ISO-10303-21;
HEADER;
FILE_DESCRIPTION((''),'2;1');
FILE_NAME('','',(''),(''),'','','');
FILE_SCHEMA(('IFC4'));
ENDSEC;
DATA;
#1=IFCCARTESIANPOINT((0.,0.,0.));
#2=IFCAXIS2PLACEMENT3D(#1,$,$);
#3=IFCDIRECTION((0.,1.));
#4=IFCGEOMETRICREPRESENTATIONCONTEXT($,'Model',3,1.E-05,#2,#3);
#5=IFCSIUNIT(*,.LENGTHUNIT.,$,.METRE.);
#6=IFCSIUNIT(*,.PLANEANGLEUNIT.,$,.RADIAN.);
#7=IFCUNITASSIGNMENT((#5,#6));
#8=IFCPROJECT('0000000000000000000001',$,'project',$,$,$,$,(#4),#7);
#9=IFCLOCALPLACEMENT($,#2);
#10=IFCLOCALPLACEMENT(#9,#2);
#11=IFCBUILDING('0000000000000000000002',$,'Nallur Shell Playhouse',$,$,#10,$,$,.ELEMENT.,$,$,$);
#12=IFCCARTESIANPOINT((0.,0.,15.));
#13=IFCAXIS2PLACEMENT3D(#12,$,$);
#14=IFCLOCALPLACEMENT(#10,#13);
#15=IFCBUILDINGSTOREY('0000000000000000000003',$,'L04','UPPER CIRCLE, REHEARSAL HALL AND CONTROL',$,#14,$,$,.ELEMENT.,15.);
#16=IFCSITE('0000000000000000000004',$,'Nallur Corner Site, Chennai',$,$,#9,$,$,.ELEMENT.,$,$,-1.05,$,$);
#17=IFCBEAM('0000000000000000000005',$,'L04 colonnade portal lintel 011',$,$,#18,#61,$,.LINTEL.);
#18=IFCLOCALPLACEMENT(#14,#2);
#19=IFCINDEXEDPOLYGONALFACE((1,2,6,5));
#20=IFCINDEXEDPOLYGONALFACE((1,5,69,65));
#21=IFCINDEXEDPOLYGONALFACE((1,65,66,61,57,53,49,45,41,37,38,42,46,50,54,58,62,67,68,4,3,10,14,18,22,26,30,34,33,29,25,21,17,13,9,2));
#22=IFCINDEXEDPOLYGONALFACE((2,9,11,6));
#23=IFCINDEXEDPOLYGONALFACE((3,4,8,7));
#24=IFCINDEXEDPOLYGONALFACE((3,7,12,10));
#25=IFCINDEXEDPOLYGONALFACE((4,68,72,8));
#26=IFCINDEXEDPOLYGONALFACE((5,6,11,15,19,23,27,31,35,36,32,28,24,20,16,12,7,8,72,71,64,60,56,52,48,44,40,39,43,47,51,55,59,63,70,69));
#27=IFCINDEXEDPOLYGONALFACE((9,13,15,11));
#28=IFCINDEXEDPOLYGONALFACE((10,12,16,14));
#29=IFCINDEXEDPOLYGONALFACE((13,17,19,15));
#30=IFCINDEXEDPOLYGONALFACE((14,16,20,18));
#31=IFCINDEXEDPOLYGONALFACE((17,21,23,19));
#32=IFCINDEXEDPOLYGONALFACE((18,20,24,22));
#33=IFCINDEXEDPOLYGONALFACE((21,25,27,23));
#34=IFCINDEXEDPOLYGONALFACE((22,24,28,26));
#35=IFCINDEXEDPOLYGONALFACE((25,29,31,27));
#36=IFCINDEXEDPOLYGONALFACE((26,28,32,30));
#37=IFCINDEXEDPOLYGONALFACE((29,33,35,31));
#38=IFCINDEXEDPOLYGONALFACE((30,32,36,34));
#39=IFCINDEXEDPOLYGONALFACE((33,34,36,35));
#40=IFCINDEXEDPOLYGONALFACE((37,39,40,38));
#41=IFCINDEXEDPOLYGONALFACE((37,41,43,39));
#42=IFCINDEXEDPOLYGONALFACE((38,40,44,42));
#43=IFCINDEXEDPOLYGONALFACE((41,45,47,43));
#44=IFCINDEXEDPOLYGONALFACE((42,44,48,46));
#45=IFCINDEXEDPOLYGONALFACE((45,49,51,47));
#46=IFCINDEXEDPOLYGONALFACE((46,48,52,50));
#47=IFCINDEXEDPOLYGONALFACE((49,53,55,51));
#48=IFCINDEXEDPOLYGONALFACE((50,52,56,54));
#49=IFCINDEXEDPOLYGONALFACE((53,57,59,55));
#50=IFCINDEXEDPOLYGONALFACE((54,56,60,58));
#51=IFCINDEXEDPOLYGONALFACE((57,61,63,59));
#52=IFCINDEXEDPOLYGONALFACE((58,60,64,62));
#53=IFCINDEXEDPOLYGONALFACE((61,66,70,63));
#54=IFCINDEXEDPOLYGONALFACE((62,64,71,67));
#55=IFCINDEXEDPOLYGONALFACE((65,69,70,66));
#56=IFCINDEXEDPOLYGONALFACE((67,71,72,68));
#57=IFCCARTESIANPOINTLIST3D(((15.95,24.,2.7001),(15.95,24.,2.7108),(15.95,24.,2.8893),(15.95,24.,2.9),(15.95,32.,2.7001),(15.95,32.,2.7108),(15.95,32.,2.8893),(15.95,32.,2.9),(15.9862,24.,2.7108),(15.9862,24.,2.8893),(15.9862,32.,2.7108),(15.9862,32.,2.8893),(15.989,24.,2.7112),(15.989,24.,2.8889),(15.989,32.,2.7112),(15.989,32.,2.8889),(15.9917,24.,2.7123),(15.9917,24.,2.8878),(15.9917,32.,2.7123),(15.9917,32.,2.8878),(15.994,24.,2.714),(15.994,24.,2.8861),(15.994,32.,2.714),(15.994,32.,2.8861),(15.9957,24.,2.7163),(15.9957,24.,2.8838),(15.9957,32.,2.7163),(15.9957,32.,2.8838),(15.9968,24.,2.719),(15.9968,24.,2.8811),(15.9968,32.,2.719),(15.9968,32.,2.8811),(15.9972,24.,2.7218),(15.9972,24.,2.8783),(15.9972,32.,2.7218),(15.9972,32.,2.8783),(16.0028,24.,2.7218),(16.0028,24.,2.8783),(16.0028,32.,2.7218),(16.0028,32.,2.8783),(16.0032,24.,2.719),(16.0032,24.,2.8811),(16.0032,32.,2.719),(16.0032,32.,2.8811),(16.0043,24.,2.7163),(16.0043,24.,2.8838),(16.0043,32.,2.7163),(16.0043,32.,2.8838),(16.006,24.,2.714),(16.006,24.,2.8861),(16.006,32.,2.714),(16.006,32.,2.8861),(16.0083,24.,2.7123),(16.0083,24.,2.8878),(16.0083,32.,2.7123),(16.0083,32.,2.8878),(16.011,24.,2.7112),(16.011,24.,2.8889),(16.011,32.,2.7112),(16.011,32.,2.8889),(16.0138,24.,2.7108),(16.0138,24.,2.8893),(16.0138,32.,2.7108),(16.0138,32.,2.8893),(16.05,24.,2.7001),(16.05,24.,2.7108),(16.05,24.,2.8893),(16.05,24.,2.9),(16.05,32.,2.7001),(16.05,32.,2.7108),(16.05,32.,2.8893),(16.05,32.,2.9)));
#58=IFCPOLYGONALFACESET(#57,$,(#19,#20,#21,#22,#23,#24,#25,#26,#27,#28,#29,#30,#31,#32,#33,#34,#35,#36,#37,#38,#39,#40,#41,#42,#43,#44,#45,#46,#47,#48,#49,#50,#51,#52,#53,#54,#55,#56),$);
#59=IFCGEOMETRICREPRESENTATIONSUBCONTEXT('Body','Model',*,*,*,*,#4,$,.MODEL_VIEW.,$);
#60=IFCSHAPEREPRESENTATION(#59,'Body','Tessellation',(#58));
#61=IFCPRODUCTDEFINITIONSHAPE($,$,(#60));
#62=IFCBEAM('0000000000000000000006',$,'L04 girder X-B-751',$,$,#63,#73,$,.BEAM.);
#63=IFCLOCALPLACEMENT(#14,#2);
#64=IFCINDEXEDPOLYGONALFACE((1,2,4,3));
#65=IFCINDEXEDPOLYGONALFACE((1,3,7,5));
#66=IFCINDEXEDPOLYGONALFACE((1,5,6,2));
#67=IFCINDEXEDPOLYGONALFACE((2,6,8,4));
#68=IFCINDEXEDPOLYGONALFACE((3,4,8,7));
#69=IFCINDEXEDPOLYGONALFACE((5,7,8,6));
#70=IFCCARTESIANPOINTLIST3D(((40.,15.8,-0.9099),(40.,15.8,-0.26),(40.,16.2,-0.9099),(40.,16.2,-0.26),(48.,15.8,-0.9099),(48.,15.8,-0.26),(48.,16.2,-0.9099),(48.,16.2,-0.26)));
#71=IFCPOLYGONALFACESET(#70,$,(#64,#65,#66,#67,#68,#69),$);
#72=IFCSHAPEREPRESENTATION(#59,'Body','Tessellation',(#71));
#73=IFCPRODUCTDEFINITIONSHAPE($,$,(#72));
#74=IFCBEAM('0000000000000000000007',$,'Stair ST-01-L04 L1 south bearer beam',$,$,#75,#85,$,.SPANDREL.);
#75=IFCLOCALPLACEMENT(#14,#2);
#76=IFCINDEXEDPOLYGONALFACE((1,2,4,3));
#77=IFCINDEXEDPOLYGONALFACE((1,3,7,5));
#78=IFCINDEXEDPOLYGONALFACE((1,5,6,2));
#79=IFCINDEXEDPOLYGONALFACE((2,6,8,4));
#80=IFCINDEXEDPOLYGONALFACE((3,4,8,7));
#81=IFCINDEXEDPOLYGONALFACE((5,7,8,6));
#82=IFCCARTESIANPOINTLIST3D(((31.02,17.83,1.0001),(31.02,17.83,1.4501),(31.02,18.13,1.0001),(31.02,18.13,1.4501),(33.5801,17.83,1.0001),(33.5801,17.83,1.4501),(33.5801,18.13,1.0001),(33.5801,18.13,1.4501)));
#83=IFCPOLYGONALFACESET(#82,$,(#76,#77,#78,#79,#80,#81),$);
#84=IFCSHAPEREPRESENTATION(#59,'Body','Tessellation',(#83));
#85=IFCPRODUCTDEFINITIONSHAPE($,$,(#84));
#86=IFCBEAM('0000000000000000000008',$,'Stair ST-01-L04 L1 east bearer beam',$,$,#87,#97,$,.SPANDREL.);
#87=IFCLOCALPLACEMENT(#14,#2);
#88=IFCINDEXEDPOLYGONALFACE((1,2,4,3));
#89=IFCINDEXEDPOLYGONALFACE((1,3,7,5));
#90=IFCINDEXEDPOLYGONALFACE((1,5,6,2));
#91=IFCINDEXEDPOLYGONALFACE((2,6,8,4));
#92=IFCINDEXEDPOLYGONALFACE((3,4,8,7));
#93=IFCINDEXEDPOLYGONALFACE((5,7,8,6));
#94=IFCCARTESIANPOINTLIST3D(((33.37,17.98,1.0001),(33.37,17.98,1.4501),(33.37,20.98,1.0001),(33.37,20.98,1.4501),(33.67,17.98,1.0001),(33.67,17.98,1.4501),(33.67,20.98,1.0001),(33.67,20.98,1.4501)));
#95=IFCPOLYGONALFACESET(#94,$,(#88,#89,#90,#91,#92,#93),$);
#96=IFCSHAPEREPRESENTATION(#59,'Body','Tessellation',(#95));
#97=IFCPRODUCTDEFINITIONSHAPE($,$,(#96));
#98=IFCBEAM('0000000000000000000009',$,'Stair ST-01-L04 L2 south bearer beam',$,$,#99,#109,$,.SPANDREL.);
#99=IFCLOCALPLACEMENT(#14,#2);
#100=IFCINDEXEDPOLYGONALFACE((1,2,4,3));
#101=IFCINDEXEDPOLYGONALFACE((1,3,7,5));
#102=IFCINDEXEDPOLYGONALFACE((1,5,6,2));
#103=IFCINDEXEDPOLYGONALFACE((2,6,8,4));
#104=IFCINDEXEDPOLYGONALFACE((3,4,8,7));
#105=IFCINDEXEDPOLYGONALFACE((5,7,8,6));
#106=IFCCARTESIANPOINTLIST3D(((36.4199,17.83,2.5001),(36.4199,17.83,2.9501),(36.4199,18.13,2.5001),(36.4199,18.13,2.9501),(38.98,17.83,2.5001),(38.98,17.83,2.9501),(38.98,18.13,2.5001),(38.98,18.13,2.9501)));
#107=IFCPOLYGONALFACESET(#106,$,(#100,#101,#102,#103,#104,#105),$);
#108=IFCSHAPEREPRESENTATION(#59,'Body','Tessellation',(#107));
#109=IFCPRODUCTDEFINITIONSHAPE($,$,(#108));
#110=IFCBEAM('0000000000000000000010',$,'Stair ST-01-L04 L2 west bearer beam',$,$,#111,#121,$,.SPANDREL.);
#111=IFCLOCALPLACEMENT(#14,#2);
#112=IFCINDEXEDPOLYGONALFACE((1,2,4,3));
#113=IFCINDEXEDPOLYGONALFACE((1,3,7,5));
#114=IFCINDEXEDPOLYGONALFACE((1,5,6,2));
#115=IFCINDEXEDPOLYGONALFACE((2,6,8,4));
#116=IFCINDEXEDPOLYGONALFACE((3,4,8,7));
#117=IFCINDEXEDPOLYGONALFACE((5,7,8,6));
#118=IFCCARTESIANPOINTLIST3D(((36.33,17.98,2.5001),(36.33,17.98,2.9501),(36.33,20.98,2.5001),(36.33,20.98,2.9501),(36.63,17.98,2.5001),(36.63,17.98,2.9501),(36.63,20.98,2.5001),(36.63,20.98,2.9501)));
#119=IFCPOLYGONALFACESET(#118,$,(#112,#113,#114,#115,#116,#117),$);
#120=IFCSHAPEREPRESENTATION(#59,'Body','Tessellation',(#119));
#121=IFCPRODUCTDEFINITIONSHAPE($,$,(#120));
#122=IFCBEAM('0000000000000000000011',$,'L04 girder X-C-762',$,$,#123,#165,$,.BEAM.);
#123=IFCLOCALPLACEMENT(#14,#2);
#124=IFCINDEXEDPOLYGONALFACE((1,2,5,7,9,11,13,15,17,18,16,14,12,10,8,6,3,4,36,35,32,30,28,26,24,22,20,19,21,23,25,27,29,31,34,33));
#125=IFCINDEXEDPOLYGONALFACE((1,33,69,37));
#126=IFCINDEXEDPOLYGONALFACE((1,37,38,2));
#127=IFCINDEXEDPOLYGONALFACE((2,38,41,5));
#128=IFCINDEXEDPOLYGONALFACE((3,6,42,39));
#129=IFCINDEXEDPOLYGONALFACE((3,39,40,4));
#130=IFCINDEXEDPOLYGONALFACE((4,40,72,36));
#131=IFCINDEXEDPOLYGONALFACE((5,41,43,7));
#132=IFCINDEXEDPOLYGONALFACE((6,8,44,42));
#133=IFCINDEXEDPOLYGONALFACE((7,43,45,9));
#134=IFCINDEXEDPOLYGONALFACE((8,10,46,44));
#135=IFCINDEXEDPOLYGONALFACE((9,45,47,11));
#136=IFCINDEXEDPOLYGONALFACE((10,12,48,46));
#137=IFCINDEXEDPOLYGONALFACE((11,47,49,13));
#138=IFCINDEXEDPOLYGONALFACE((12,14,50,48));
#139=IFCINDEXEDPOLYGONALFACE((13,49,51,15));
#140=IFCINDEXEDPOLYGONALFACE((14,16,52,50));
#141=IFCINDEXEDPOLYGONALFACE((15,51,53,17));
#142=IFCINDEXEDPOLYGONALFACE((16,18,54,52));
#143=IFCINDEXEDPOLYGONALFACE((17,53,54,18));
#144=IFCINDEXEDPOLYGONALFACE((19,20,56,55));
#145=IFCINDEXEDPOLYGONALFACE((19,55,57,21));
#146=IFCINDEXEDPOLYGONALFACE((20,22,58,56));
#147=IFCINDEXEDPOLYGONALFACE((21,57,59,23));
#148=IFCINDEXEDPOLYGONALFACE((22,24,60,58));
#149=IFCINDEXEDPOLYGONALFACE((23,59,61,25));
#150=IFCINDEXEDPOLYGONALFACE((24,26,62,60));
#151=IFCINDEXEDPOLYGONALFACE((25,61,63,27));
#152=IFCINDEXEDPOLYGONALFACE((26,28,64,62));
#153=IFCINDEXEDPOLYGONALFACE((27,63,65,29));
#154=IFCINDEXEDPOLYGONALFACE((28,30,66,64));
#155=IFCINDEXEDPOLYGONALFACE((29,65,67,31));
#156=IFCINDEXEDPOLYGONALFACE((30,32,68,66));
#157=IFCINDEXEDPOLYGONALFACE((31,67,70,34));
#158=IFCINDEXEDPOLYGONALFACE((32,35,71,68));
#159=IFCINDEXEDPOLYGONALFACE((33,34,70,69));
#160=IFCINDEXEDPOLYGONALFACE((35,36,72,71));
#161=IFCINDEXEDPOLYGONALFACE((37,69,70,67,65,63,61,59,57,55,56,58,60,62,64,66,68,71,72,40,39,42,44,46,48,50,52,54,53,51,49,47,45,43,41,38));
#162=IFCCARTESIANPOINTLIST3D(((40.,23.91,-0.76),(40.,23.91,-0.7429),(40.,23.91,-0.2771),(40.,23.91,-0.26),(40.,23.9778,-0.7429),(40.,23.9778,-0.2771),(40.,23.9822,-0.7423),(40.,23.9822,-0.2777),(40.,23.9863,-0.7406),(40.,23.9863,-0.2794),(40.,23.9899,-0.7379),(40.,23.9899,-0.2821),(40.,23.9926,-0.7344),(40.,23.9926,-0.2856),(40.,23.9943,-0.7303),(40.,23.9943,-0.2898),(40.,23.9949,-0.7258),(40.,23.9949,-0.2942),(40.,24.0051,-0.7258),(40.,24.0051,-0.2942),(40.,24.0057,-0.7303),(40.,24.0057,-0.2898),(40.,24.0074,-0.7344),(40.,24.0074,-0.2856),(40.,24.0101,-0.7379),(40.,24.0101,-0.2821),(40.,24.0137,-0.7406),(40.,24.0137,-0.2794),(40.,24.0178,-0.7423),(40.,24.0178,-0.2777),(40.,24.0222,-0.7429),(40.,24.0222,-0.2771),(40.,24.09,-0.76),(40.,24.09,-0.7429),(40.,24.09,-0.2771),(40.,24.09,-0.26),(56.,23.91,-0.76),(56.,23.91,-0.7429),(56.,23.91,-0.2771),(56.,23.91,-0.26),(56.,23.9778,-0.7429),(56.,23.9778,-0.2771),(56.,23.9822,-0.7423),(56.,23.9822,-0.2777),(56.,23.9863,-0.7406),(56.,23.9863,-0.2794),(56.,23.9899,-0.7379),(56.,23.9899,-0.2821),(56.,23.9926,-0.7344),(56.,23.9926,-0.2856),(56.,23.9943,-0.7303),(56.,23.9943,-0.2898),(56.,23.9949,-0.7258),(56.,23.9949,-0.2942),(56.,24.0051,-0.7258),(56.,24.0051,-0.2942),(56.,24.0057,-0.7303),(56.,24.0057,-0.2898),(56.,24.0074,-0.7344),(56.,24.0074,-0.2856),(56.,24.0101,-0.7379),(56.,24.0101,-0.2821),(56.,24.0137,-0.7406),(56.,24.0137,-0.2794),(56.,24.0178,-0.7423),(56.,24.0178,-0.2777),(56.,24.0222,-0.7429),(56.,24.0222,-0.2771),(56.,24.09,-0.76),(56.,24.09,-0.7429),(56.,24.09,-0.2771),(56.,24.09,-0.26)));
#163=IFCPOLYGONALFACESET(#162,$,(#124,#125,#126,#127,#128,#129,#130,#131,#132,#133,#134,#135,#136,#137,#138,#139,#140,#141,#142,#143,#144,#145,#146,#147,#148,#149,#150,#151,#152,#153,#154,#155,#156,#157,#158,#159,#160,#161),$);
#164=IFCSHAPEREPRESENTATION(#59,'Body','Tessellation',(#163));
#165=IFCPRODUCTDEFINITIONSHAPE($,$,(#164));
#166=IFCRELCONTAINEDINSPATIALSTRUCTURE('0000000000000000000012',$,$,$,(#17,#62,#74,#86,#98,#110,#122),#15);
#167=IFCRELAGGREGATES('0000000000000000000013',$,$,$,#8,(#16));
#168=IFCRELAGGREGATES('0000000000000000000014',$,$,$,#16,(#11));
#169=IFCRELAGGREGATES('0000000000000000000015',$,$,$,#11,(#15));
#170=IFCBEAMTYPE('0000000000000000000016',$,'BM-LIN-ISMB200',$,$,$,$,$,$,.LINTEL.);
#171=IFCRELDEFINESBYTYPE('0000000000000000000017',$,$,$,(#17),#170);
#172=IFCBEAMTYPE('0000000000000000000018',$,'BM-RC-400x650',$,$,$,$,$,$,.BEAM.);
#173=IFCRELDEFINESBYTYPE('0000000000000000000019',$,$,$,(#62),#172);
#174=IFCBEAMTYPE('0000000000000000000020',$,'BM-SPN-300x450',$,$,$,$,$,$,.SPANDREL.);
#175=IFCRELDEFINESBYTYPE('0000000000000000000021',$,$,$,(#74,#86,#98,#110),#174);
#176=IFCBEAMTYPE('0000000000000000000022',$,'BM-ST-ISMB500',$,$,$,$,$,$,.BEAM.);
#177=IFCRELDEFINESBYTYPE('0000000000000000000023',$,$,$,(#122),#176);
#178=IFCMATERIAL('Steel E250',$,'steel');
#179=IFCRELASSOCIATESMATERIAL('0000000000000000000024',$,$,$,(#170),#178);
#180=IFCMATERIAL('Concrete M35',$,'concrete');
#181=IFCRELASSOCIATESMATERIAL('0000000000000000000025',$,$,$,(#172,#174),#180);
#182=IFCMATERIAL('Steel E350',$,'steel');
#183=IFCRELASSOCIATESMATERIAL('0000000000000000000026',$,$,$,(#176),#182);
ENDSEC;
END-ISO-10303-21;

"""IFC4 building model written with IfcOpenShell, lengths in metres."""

from ifc_helpers import new_model, si_unit, direction, frame, origin, origin_2d, place, context, subcontext, project, spatial, rectangle, i_section, extrude, material, material_profile, profile_set, type_object, element, save


model = new_model("IFC4")

# Units and contexts
model_context = context("Model", 3, precision=1e-05, world=origin(), true_north=direction((0.0, 1.0)))
body_context = subcontext(model_context, "Body", "Model", "MODEL_VIEW")
ifc_project = project(units=[si_unit("LENGTHUNIT", "METRE"), si_unit("PLANEANGLEUNIT", "RADIAN")], contexts=[model_context])

# Site, building, storey
site_placement = place(None, origin())
site = spatial("IfcSite", under=ifc_project, at=site_placement, Name="Nallur Corner Site, Chennai", CompositionType="ELEMENT", RefElevation=-1.05)
building_placement = place(site_placement, origin())
building = spatial("IfcBuilding", under=site, at=building_placement, Name="Nallur Shell Playhouse", CompositionType="ELEMENT")
storey_placement = place(building_placement, frame((0.0, 0.0, 15.0)))
storey = spatial("IfcBuildingStorey", under=building, at=storey_placement, Name="L04", Description="UPPER CIRCLE, REHEARSAL HALL AND CONTROL", CompositionType="ELEMENT", Elevation=15.0)

# Shared definitions
ifc_material_1 = material(Name="Steel E350", Category="steel")

# Beams
ifc_material_2 = material(Name="Steel E250", Category="steel")
ifc_material_profile_1 = material_profile(ifc_material_2, i_section(OverallWidth=0.1001, OverallDepth=0.2, WebThickness=0.0056, FlangeThickness=0.0107, FilletRadius=0.011, at=origin_2d()), Name="ISMB 200")
ifc_profile_set_1 = profile_set([ifc_material_profile_1], Name="Steel E250")
beam_type_1 = type_object("IfcBeamType", Name="BM-LIN-ISMB200", PredefinedType="LINTEL", material=ifc_profile_set_1)
beam_1_placement = place(storey_placement, frame((16.0, 24.0, 2.8), z_axis=(0.0, 1.0, 0.0), x_axis=(-1.0, 0.0, 0.0)))
element("IfcBeam", 1, at=beam_1_placement, inside=storey, type_object=beam_type_1, Name="L04 colonnade portal lintel 011", PredefinedType="LINTEL", context=body_context, shape_type="SweptSolid", body=[
    extrude(i_section(OverallWidth=0.1001, OverallDepth=0.2, WebThickness=0.0056, FlangeThickness=0.0107, FilletRadius=0.011, at=origin_2d()), origin(), (0.0, 0.0, 1.0), 8.0),
])
ifc_material_3 = material(Name="Concrete M35", Category="concrete")
ifc_material_profile_2 = material_profile(ifc_material_3, rectangle(XDim=0.3999, YDim=0.6499, at=origin_2d()), Name="RC 400x650")
ifc_profile_set_2 = profile_set([ifc_material_profile_2], Name="Concrete M35")
beam_type_2 = type_object("IfcBeamType", Name="BM-RC-400x650", PredefinedType="BEAM", material=ifc_profile_set_2)
beam_2_placement = place(storey_placement, frame((40.0, 16.0, -0.585), z_axis=(1.0, 0.0, 0.0), x_axis=(0.0, 1.0, 0.0)))
element("IfcBeam", 2, at=beam_2_placement, inside=storey, type_object=beam_type_2, Name="L04 girder X-B-751", PredefinedType="BEAM", context=body_context, shape_type="SweptSolid", body=[
    extrude(rectangle(XDim=0.3999, YDim=0.6499, at=origin_2d()), origin(), (0.0, 0.0, 1.0), 8.0),
])
ifc_material_profile_3 = material_profile(ifc_material_3, rectangle(XDim=0.3, YDim=0.45, at=origin_2d()), Name="RC 300x450")
ifc_profile_set_3 = profile_set([ifc_material_profile_3], Name="Concrete M35")
beam_type_3 = type_object("IfcBeamType", Name="BM-SPN-300x450", PredefinedType="SPANDREL", material=ifc_profile_set_3)
beam_3_placement = place(storey_placement, frame((31.02, 17.98, 1.2251), z_axis=(1.0, 0.0, 0.0), x_axis=(0.0, 1.0, 0.0)))
element("IfcBeam", 3, at=beam_3_placement, inside=storey, type_object=beam_type_3, Name="Stair ST-01-L04 L1 south bearer beam", PredefinedType="SPANDREL", context=body_context, shape_type="SweptSolid", body=[
    extrude(rectangle(XDim=0.3, YDim=0.45, at=origin_2d()), origin(), (0.0, 0.0, 1.0), 2.5601),
])
beam_4_placement = place(storey_placement, frame((33.52, 17.98, 1.2251), z_axis=(0.0, 1.0, 0.0), x_axis=(-1.0, 0.0, 0.0)))
element("IfcBeam", 4, at=beam_4_placement, inside=storey, type_object=beam_type_3, Name="Stair ST-01-L04 L1 east bearer beam", PredefinedType="SPANDREL", context=body_context, shape_type="SweptSolid", body=[
    extrude(rectangle(XDim=0.3, YDim=0.45, at=origin_2d()), origin(), (0.0, 0.0, 1.0), 3.0),
])
beam_5_placement = place(storey_placement, frame((36.4199, 17.98, 2.7251), z_axis=(1.0, 0.0, 0.0), x_axis=(0.0, 1.0, 0.0)))
element("IfcBeam", 5, at=beam_5_placement, inside=storey, type_object=beam_type_3, Name="Stair ST-01-L04 L2 south bearer beam", PredefinedType="SPANDREL", context=body_context, shape_type="SweptSolid", body=[
    extrude(rectangle(XDim=0.3, YDim=0.45, at=origin_2d()), origin(), (0.0, 0.0, 1.0), 2.5601),
])
beam_6_placement = place(storey_placement, frame((36.48, 17.98, 2.7251), z_axis=(0.0, 1.0, 0.0), x_axis=(-1.0, 0.0, 0.0)))
element("IfcBeam", 6, at=beam_6_placement, inside=storey, type_object=beam_type_3, Name="Stair ST-01-L04 L2 west bearer beam", PredefinedType="SPANDREL", context=body_context, shape_type="SweptSolid", body=[
    extrude(rectangle(XDim=0.3, YDim=0.45, at=origin_2d()), origin(), (0.0, 0.0, 1.0), 3.0),
])
ifc_material_profile_4 = material_profile(ifc_material_1, i_section(OverallWidth=0.1799, OverallDepth=0.5, WebThickness=0.0103, FlangeThickness=0.0171, FilletRadius=0.0171, at=origin_2d()), Name="ISMB 500")
ifc_profile_set_4 = profile_set([ifc_material_profile_4], Name="Steel E350")
beam_type_4 = type_object("IfcBeamType", Name="BM-ST-ISMB500", PredefinedType="BEAM", material=ifc_profile_set_4)
beam_7_placement = place(storey_placement, frame((40.0, 24.0, -0.51), z_axis=(1.0, 0.0, 0.0), x_axis=(0.0, 1.0, 0.0)))
element("IfcBeam", 7, at=beam_7_placement, inside=storey, type_object=beam_type_4, Name="L04 girder X-C-762", PredefinedType="BEAM", context=body_context, shape_type="SweptSolid", body=[
    extrude(i_section(OverallWidth=0.1799, OverallDepth=0.5, WebThickness=0.0103, FlangeThickness=0.0171, FilletRadius=0.0171, at=origin_2d()), origin(), (0.0, 0.0, 1.0), 16.0),
])

save(model, "model.ifc")
